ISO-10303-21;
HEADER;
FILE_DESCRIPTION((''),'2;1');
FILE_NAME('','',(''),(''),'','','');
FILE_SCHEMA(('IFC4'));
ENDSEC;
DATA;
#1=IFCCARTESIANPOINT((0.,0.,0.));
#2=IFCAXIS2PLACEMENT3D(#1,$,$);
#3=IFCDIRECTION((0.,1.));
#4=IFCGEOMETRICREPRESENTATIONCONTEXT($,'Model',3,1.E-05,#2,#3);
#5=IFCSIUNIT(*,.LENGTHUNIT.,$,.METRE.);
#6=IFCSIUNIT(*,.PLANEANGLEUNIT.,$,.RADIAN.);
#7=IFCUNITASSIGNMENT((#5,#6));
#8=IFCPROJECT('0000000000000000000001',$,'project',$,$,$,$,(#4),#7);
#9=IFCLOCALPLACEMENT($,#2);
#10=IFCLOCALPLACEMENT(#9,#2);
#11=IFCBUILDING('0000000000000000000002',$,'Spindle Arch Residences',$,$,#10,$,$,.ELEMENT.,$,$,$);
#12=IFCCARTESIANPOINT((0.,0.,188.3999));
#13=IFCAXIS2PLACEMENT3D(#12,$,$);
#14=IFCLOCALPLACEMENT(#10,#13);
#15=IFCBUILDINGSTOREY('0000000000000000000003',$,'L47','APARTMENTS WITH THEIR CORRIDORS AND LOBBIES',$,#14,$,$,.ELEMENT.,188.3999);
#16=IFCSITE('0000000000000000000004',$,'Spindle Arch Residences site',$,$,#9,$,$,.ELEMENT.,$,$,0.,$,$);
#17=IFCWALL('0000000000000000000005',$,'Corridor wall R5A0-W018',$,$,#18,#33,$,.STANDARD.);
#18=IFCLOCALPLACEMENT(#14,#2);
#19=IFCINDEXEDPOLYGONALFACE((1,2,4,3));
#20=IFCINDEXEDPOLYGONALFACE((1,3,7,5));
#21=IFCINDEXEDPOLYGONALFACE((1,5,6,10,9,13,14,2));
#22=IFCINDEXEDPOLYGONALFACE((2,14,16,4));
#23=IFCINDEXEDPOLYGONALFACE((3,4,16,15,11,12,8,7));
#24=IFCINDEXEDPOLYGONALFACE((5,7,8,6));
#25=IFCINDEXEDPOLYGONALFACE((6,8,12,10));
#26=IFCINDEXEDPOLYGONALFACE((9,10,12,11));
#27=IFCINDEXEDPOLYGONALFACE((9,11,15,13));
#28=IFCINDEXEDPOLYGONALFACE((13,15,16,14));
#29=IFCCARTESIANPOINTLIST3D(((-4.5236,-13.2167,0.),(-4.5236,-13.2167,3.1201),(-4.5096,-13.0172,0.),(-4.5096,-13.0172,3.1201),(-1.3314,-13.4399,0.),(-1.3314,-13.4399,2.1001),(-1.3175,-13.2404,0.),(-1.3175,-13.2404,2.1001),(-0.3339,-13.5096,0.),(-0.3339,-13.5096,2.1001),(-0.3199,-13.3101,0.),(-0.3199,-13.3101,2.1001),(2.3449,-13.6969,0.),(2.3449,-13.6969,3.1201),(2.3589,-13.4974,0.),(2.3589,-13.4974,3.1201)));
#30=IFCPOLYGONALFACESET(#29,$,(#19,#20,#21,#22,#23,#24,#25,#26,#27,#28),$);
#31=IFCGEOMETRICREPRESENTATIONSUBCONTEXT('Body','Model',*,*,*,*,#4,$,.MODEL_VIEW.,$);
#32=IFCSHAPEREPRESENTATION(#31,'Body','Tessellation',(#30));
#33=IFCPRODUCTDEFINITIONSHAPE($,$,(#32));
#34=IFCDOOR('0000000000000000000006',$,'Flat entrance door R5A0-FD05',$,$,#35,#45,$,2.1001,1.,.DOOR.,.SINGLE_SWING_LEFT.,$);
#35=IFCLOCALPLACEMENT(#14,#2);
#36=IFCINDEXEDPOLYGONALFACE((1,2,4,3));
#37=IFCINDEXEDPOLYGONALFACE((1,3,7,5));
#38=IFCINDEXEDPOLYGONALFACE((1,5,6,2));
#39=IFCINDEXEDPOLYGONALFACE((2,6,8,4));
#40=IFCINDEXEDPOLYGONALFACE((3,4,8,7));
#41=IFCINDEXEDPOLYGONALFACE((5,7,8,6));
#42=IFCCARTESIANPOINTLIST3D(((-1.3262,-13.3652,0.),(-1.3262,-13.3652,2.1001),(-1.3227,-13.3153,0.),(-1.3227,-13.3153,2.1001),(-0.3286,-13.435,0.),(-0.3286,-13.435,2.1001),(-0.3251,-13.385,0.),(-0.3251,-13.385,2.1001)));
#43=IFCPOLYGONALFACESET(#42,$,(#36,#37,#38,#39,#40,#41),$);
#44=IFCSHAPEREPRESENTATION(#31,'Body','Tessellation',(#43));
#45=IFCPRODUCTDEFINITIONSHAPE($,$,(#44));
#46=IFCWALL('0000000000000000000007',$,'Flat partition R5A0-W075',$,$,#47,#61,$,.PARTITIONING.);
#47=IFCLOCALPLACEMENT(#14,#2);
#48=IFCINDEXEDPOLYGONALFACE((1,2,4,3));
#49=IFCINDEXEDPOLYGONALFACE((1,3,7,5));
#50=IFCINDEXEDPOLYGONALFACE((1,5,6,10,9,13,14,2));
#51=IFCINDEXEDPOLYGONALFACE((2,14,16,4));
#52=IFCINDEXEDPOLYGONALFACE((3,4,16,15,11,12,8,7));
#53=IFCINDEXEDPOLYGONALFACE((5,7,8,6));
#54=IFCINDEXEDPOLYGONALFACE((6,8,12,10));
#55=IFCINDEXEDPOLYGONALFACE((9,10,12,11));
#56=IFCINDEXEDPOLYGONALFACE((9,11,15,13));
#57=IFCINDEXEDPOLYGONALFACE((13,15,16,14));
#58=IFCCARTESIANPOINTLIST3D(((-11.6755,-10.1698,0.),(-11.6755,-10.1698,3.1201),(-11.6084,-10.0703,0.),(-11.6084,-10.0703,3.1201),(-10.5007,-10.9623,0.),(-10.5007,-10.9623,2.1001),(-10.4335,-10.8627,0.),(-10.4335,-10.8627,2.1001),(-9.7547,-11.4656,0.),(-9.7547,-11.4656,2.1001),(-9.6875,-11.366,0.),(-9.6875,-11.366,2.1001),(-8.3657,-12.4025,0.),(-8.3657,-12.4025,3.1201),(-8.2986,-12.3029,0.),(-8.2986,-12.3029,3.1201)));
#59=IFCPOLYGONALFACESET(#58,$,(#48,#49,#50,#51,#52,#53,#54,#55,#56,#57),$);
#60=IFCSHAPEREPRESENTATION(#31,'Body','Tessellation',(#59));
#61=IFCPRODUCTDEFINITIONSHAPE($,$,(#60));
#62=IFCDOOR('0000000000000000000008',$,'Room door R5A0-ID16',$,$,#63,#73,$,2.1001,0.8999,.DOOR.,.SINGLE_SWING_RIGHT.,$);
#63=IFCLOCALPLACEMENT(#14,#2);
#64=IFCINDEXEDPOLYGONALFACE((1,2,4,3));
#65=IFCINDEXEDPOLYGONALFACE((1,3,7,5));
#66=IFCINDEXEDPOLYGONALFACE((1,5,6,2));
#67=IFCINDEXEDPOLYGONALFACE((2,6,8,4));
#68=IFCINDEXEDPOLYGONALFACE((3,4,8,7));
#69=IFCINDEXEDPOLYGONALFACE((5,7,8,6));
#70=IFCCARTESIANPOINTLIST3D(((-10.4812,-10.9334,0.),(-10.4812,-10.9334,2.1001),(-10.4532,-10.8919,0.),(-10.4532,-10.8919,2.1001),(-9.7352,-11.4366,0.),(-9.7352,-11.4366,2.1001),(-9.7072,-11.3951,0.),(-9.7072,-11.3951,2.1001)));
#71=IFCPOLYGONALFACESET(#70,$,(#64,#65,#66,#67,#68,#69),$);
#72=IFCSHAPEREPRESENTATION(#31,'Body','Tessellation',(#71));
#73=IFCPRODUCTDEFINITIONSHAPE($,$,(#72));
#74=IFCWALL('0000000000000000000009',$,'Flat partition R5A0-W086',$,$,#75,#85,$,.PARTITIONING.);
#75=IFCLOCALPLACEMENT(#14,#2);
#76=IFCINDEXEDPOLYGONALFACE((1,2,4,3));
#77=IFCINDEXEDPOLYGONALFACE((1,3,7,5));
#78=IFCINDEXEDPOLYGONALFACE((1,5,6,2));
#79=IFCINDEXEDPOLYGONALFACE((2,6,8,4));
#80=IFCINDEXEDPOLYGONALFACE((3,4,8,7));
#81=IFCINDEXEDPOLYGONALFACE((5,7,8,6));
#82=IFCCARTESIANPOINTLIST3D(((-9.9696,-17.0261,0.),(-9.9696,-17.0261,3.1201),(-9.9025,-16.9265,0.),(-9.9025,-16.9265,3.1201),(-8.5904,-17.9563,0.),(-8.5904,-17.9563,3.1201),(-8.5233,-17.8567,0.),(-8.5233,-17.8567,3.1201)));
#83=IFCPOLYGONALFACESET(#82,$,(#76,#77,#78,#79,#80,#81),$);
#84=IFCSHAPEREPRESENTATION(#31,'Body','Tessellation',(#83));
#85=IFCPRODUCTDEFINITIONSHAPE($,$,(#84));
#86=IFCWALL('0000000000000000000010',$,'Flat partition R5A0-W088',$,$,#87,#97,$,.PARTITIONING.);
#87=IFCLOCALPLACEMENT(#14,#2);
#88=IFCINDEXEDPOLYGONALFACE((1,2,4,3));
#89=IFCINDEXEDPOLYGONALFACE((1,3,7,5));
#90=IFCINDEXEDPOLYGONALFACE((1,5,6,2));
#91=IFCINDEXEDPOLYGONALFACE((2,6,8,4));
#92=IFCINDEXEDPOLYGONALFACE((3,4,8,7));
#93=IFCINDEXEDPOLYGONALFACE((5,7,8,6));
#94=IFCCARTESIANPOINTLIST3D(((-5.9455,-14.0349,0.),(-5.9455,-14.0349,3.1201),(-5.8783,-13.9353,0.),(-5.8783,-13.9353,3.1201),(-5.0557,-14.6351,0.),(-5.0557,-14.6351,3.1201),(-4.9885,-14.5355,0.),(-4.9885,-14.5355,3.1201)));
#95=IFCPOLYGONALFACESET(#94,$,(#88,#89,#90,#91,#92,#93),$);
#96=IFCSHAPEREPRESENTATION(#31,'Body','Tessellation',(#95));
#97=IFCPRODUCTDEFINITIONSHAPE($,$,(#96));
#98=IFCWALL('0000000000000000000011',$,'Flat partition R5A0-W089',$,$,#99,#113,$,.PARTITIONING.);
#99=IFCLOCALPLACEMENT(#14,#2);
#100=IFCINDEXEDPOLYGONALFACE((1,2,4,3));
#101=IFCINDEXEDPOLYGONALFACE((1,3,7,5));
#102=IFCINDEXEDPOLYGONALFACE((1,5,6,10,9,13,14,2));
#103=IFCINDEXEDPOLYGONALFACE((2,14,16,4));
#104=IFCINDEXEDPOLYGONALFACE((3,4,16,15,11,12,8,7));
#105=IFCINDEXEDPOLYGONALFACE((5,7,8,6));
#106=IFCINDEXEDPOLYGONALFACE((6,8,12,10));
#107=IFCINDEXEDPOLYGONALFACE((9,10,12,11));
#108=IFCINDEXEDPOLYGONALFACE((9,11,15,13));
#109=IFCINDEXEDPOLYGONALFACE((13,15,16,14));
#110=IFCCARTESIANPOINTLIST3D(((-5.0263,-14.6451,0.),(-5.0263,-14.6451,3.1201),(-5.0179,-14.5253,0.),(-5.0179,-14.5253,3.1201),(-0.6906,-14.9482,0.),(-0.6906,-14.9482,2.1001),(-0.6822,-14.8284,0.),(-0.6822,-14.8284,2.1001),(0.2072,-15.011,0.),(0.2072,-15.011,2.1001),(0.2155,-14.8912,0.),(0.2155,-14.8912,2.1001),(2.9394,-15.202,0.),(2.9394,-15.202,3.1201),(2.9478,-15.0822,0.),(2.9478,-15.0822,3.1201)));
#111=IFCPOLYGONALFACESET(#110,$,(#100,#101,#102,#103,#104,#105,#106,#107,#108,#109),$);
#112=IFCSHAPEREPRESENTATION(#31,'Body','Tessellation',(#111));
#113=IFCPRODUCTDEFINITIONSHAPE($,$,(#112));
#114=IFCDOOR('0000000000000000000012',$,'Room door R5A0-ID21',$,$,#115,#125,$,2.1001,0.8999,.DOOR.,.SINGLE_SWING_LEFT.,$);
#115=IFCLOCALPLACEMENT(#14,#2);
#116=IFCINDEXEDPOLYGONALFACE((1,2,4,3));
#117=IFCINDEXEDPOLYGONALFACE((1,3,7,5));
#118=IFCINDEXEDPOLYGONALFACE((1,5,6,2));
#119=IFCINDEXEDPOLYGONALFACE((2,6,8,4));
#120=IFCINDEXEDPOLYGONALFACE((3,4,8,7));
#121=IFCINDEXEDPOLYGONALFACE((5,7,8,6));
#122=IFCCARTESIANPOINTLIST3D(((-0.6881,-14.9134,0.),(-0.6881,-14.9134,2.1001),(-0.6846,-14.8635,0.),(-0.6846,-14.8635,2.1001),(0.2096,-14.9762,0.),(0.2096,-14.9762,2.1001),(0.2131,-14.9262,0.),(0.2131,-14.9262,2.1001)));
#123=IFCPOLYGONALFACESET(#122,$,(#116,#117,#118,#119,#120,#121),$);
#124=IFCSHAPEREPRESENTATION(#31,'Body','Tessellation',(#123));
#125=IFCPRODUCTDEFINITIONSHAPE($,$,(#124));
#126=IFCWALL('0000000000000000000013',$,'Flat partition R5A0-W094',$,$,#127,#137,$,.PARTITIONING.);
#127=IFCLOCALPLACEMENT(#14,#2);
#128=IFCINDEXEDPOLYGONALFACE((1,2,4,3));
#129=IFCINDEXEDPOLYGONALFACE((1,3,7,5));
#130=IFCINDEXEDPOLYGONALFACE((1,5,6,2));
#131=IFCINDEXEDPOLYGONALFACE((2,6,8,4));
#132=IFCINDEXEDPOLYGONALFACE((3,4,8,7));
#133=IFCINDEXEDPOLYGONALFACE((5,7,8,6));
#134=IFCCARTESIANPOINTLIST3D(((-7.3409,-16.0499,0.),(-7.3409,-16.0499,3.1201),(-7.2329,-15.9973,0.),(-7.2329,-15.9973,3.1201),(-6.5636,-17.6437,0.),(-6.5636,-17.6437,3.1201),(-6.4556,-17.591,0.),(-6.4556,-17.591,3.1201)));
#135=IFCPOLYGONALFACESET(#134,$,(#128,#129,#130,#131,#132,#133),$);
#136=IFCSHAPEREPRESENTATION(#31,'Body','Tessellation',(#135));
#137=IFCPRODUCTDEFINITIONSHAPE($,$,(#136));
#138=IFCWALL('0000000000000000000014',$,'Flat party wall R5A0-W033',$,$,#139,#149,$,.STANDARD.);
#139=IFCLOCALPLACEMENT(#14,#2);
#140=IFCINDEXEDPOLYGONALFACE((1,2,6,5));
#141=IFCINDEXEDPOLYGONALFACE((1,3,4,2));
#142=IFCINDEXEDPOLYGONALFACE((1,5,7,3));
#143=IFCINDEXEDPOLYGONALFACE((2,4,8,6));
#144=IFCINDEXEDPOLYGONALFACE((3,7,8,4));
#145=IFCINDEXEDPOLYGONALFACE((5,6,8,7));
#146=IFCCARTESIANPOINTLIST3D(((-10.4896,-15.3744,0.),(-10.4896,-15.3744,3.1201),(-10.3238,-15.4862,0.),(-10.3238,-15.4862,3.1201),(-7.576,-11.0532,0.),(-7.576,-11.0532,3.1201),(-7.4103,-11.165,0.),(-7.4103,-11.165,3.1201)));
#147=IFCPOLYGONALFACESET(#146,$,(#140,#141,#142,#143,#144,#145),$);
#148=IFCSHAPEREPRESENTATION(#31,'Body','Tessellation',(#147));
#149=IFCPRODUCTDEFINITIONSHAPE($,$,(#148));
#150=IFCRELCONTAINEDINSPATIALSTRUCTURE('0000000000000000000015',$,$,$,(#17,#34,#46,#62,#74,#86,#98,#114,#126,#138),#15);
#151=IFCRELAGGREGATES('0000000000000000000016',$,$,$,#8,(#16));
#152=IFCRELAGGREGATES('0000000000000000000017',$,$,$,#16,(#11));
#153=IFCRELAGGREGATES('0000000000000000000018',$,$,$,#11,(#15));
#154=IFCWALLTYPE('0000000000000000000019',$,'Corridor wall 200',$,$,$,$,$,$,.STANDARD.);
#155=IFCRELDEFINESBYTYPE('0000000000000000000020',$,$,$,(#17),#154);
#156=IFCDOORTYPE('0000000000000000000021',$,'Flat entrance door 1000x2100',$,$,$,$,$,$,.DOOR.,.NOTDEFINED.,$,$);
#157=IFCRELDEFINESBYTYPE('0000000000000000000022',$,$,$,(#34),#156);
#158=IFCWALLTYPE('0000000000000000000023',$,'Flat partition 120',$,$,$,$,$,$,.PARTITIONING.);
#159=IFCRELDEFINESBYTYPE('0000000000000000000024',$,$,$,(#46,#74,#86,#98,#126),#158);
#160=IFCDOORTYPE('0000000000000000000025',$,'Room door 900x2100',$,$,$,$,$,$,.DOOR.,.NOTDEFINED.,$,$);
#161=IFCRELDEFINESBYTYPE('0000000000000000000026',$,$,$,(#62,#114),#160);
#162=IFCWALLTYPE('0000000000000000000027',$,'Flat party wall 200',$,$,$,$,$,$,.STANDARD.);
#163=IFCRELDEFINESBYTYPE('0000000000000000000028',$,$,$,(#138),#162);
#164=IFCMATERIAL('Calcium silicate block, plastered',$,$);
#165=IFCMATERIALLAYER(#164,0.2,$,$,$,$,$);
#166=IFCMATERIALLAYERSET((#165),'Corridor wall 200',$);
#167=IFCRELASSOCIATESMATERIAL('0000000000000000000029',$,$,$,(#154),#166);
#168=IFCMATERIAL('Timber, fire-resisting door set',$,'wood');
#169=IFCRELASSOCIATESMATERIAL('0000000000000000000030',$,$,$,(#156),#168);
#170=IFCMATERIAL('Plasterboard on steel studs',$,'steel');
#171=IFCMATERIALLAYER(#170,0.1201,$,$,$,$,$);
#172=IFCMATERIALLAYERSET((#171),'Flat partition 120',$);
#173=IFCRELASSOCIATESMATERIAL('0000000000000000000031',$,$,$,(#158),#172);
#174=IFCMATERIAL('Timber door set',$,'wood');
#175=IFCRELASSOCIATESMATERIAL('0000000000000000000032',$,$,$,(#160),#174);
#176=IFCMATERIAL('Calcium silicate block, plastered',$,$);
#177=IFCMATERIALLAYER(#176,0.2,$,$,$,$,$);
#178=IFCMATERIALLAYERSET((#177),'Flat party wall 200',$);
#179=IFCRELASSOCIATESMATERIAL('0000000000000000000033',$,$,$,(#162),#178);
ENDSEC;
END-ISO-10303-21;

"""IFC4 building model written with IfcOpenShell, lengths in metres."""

from ifc_helpers import new_model, si_unit, direction, frame, frame_2d, origin, place, context, subcontext, project, spatial, rectangle, extrude, material, layer, layer_set, type_object, element, fill, save


model = new_model("IFC4")

# Units and contexts
model_context = context("Model", 3, precision=1e-05, world=origin(), true_north=direction((0.0, 1.0)))
body_context = subcontext(model_context, "Body", "Model", "MODEL_VIEW")
ifc_project = project(units=[si_unit("LENGTHUNIT", "METRE"), si_unit("PLANEANGLEUNIT", "RADIAN")], contexts=[model_context])

# Site, building, storey
site_placement = place(None, origin())
site = spatial("IfcSite", under=ifc_project, at=site_placement, Name="Spindle Arch Residences site", CompositionType="ELEMENT", RefElevation=0.0)
building_placement = place(site_placement, origin())
building = spatial("IfcBuilding", under=site, at=building_placement, Name="Spindle Arch Residences", CompositionType="ELEMENT")
storey_placement = place(building_placement, frame((0.0, 0.0, 188.3999)))
storey = spatial("IfcBuildingStorey", under=building, at=storey_placement, Name="L47", Description="APARTMENTS WITH THEIR CORRIDORS AND LOBBIES", CompositionType="ELEMENT", Elevation=188.3999)

# Walls, openings, doors
ifc_material_1 = material(Name="Calcium silicate block, plastered")
ifc_layer_1 = layer(ifc_material_1, 0.2)
ifc_layer_set_1 = layer_set([ifc_layer_1], Name="Corridor wall 200")
wall_type_1 = type_object("IfcWallType", Name="Corridor wall 200", PredefinedType="STANDARD", material=ifc_layer_set_1)
ifc_material_2 = material(Name="Timber, fire-resisting door set", Category="wood")
door_type_1 = type_object("IfcDoorType", Name="Flat entrance door 1000x2100", OperationType="NOTDEFINED", PredefinedType="DOOR", material=ifc_material_2)
wall_1_placement = place(storey_placement, frame((-4.5166, -13.1169, 0.0), z_axis=(0.0, 0.0, 1.0), x_axis=(0.997565, -0.069748, 0.0)))
wall_1 = element("IfcWall", 1, at=wall_1_placement, inside=storey, type_object=wall_type_1, Name="Corridor wall R5A0-W018", PredefinedType="STANDARD", context=body_context, shape_type="SweptSolid", body=[
    extrude(rectangle(XDim=6.8853, YDim=0.2, at=frame_2d((3.4426, 0.0))), origin(), (0.0, 0.0, 1.0), 3.1201),
])
opening_1_placement = place(wall_1_placement, frame((3.2, 0.0, 0.0)))
opening_1 = element("IfcOpeningElement", 2, at=opening_1_placement, cuts=wall_1, PredefinedType="OPENING", context=body_context, shape_type="SweptSolid", body=[
    extrude(rectangle(XDim=1.0, YDim=2.1001, at=frame_2d((0.5, 1.05))), frame((0.0, 0.1099, 0.0), z_axis=(0.0, -1.0, 0.0), x_axis=(1.0, 0.0, 0.0)), (0.0, 0.0, 1.0), 0.22),
])
door_1_placement = place(opening_1_placement, origin())
door_1 = element("IfcDoor", 3, at=door_1_placement, inside=storey, type_object=door_type_1, Name="Flat entrance door R5A0-FD05", OperationType="SINGLE_SWING_LEFT", OverallHeight=2.1001, OverallWidth=1.0, PredefinedType="DOOR", context=body_context, shape_type="SweptSolid", body=[
    extrude(rectangle(XDim=1.0, YDim=2.1001, at=frame_2d((0.5, 1.05))), frame((0.0, 0.0249, 0.0), z_axis=(0.0, -1.0, 0.0), x_axis=(1.0, 0.0, 0.0)), (0.0, 0.0, 1.0), 0.05),
])
fill(opening_1, door_1)
ifc_material_3 = material(Name="Plasterboard on steel studs", Category="steel")
ifc_layer_2 = layer(ifc_material_3, 0.1201)
ifc_layer_set_2 = layer_set([ifc_layer_2], Name="Flat partition 120")
wall_type_2 = type_object("IfcWallType", Name="Flat partition 120", PredefinedType="PARTITIONING", material=ifc_layer_set_2)
wall_2_placement = place(storey_placement, frame((-11.6418, -10.1201, 0.0), z_axis=(0.0, 0.0, 1.0), x_axis=(0.829018, -0.559222, 0.0)))
wall_2 = element("IfcWall", 4, at=wall_2_placement, inside=storey, type_object=wall_type_2, Name="Flat partition R5A0-W075", PredefinedType="PARTITIONING", context=body_context, shape_type="SweptSolid", body=[
    extrude(rectangle(XDim=3.9924, YDim=0.1201, at=frame_2d((1.9961, 0.0))), origin(), (0.0, 0.0, 1.0), 3.1201),
])
opening_2_placement = place(wall_2_placement, frame((1.417, 0.0, 0.0)))
opening_2 = element("IfcOpeningElement", 5, at=opening_2_placement, cuts=wall_2, PredefinedType="OPENING", context=body_context, shape_type="SweptSolid", body=[
    extrude(rectangle(XDim=0.8999, YDim=2.1001, at=frame_2d((0.45, 1.05))), frame((0.0, 0.0701, 0.0), z_axis=(0.0, -1.0, 0.0), x_axis=(1.0, 0.0, 0.0)), (0.0, 0.0, 1.0), 0.1401),
])
ifc_material_4 = material(Name="Timber door set", Category="wood")
door_type_2 = type_object("IfcDoorType", Name="Room door 900x2100", OperationType="NOTDEFINED", PredefinedType="DOOR", material=ifc_material_4)
door_2_placement = place(opening_2_placement, origin())
door_2 = element("IfcDoor", 6, at=door_2_placement, inside=storey, type_object=door_type_2, Name="Room door R5A0-ID16", OperationType="SINGLE_SWING_RIGHT", OverallHeight=2.1001, OverallWidth=0.8999, PredefinedType="DOOR", context=body_context, shape_type="SweptSolid", body=[
    extrude(rectangle(XDim=0.8999, YDim=2.1001, at=frame_2d((0.45, 1.05))), frame((0.0, 0.0249, 0.0), z_axis=(0.0, -1.0, 0.0), x_axis=(1.0, 0.0, 0.0)), (0.0, 0.0, 1.0), 0.05),
])
fill(opening_2, door_2)

# Walls
wall_3_placement = place(storey_placement, frame((-9.936, -16.9763, 0.0), z_axis=(0.0, 0.0, 1.0), x_axis=(0.829058, -0.559163, 0.0)))
element("IfcWall", 7, at=wall_3_placement, inside=storey, type_object=wall_type_2, Name="Flat partition R5A0-W086", PredefinedType="PARTITIONING", context=body_context, shape_type="SweptSolid", body=[
    extrude(rectangle(XDim=1.6636, YDim=0.1201, at=frame_2d((0.8318, 0.0))), origin(), (0.0, 0.0, 1.0), 3.1201),
])
wall_4_placement = place(storey_placement, frame((-5.9119, -13.9851, 0.0), z_axis=(0.0, 0.0, 1.0), x_axis=(0.829028, -0.559207, 0.0)))
element("IfcWall", 8, at=wall_4_placement, inside=storey, type_object=wall_type_2, Name="Flat partition R5A0-W088", PredefinedType="PARTITIONING", context=body_context, shape_type="SweptSolid", body=[
    extrude(rectangle(XDim=1.0732, YDim=0.1201, at=frame_2d((0.5366, 0.0))), origin(), (0.0, 0.0, 1.0), 3.1201),
])

# Wall, opening, door
wall_5_placement = place(storey_placement, frame((-5.0222, -14.5852, 0.0), z_axis=(0.0, 0.0, 1.0), x_axis=(0.997565, -0.069741, 0.0)))
wall_5 = element("IfcWall", 9, at=wall_5_placement, inside=storey, type_object=wall_type_2, Name="Flat partition R5A0-W089", PredefinedType="PARTITIONING", context=body_context, shape_type="SweptSolid", body=[
    extrude(rectangle(XDim=7.9851, YDim=0.1201, at=frame_2d((3.9927, 0.0))), origin(), (0.0, 0.0, 1.0), 3.1201),
])
opening_3_placement = place(wall_5_placement, frame((4.3464, 0.0, 0.0)))
opening_3 = element("IfcOpeningElement", 10, at=opening_3_placement, cuts=wall_5, PredefinedType="OPENING", context=body_context, shape_type="SweptSolid", body=[
    extrude(rectangle(XDim=0.8999, YDim=2.1001, at=frame_2d((0.45, 1.05))), frame((0.0, 0.0701, 0.0), z_axis=(0.0, -1.0, 0.0), x_axis=(1.0, 0.0, 0.0)), (0.0, 0.0, 1.0), 0.1401),
])
door_3_placement = place(opening_3_placement, origin())
door_3 = element("IfcDoor", 11, at=door_3_placement, inside=storey, type_object=door_type_2, Name="Room door R5A0-ID21", OperationType="SINGLE_SWING_LEFT", OverallHeight=2.1001, OverallWidth=0.8999, PredefinedType="DOOR", context=body_context, shape_type="SweptSolid", body=[
    extrude(rectangle(XDim=0.8999, YDim=2.1001, at=frame_2d((0.45, 1.05))), frame((0.0, 0.0249, 0.0), z_axis=(0.0, -1.0, 0.0), x_axis=(1.0, 0.0, 0.0)), (0.0, 0.0, 1.0), 0.05),
])
fill(opening_3, door_3)

# Walls
wall_6_placement = place(storey_placement, frame((-6.5095, -17.6174, 0.0), z_axis=(0.0, 0.0, 1.0), x_axis=(-0.43838, 0.89879, 0.0)))
element("IfcWall", 12, at=wall_6_placement, inside=storey, type_object=wall_type_2, Name="Flat partition R5A0-W094", PredefinedType="PARTITIONING", context=body_context, shape_type="SweptSolid", body=[
    extrude(rectangle(XDim=1.7732, YDim=0.1201, at=frame_2d((0.8867, 0.0))), origin(), (0.0, 0.0, 1.0), 3.1201),
])
ifc_material_5 = material(Name="Calcium silicate block, plastered")
ifc_layer_3 = layer(ifc_material_5, 0.2)
ifc_layer_set_3 = layer_set([ifc_layer_3], Name="Flat party wall 200")
wall_type_3 = type_object("IfcWallType", Name="Flat party wall 200", PredefinedType="STANDARD", material=ifc_layer_set_3)
wall_7_placement = place(storey_placement, frame((-10.4067, -15.4304, 0.0), z_axis=(0.0, 0.0, 1.0), x_axis=(0.559038, 0.829142, 0.0)))
element("IfcWall", 13, at=wall_7_placement, inside=storey, type_object=wall_type_3, Name="Flat party wall R5A0-W033", PredefinedType="STANDARD", context=body_context, shape_type="SweptSolid", body=[
    extrude(rectangle(XDim=5.2117, YDim=0.2, at=frame_2d((2.606, 0.0))), origin(), (0.0, 0.0, 1.0), 3.1201),
])

save(model, "model.ifc")
